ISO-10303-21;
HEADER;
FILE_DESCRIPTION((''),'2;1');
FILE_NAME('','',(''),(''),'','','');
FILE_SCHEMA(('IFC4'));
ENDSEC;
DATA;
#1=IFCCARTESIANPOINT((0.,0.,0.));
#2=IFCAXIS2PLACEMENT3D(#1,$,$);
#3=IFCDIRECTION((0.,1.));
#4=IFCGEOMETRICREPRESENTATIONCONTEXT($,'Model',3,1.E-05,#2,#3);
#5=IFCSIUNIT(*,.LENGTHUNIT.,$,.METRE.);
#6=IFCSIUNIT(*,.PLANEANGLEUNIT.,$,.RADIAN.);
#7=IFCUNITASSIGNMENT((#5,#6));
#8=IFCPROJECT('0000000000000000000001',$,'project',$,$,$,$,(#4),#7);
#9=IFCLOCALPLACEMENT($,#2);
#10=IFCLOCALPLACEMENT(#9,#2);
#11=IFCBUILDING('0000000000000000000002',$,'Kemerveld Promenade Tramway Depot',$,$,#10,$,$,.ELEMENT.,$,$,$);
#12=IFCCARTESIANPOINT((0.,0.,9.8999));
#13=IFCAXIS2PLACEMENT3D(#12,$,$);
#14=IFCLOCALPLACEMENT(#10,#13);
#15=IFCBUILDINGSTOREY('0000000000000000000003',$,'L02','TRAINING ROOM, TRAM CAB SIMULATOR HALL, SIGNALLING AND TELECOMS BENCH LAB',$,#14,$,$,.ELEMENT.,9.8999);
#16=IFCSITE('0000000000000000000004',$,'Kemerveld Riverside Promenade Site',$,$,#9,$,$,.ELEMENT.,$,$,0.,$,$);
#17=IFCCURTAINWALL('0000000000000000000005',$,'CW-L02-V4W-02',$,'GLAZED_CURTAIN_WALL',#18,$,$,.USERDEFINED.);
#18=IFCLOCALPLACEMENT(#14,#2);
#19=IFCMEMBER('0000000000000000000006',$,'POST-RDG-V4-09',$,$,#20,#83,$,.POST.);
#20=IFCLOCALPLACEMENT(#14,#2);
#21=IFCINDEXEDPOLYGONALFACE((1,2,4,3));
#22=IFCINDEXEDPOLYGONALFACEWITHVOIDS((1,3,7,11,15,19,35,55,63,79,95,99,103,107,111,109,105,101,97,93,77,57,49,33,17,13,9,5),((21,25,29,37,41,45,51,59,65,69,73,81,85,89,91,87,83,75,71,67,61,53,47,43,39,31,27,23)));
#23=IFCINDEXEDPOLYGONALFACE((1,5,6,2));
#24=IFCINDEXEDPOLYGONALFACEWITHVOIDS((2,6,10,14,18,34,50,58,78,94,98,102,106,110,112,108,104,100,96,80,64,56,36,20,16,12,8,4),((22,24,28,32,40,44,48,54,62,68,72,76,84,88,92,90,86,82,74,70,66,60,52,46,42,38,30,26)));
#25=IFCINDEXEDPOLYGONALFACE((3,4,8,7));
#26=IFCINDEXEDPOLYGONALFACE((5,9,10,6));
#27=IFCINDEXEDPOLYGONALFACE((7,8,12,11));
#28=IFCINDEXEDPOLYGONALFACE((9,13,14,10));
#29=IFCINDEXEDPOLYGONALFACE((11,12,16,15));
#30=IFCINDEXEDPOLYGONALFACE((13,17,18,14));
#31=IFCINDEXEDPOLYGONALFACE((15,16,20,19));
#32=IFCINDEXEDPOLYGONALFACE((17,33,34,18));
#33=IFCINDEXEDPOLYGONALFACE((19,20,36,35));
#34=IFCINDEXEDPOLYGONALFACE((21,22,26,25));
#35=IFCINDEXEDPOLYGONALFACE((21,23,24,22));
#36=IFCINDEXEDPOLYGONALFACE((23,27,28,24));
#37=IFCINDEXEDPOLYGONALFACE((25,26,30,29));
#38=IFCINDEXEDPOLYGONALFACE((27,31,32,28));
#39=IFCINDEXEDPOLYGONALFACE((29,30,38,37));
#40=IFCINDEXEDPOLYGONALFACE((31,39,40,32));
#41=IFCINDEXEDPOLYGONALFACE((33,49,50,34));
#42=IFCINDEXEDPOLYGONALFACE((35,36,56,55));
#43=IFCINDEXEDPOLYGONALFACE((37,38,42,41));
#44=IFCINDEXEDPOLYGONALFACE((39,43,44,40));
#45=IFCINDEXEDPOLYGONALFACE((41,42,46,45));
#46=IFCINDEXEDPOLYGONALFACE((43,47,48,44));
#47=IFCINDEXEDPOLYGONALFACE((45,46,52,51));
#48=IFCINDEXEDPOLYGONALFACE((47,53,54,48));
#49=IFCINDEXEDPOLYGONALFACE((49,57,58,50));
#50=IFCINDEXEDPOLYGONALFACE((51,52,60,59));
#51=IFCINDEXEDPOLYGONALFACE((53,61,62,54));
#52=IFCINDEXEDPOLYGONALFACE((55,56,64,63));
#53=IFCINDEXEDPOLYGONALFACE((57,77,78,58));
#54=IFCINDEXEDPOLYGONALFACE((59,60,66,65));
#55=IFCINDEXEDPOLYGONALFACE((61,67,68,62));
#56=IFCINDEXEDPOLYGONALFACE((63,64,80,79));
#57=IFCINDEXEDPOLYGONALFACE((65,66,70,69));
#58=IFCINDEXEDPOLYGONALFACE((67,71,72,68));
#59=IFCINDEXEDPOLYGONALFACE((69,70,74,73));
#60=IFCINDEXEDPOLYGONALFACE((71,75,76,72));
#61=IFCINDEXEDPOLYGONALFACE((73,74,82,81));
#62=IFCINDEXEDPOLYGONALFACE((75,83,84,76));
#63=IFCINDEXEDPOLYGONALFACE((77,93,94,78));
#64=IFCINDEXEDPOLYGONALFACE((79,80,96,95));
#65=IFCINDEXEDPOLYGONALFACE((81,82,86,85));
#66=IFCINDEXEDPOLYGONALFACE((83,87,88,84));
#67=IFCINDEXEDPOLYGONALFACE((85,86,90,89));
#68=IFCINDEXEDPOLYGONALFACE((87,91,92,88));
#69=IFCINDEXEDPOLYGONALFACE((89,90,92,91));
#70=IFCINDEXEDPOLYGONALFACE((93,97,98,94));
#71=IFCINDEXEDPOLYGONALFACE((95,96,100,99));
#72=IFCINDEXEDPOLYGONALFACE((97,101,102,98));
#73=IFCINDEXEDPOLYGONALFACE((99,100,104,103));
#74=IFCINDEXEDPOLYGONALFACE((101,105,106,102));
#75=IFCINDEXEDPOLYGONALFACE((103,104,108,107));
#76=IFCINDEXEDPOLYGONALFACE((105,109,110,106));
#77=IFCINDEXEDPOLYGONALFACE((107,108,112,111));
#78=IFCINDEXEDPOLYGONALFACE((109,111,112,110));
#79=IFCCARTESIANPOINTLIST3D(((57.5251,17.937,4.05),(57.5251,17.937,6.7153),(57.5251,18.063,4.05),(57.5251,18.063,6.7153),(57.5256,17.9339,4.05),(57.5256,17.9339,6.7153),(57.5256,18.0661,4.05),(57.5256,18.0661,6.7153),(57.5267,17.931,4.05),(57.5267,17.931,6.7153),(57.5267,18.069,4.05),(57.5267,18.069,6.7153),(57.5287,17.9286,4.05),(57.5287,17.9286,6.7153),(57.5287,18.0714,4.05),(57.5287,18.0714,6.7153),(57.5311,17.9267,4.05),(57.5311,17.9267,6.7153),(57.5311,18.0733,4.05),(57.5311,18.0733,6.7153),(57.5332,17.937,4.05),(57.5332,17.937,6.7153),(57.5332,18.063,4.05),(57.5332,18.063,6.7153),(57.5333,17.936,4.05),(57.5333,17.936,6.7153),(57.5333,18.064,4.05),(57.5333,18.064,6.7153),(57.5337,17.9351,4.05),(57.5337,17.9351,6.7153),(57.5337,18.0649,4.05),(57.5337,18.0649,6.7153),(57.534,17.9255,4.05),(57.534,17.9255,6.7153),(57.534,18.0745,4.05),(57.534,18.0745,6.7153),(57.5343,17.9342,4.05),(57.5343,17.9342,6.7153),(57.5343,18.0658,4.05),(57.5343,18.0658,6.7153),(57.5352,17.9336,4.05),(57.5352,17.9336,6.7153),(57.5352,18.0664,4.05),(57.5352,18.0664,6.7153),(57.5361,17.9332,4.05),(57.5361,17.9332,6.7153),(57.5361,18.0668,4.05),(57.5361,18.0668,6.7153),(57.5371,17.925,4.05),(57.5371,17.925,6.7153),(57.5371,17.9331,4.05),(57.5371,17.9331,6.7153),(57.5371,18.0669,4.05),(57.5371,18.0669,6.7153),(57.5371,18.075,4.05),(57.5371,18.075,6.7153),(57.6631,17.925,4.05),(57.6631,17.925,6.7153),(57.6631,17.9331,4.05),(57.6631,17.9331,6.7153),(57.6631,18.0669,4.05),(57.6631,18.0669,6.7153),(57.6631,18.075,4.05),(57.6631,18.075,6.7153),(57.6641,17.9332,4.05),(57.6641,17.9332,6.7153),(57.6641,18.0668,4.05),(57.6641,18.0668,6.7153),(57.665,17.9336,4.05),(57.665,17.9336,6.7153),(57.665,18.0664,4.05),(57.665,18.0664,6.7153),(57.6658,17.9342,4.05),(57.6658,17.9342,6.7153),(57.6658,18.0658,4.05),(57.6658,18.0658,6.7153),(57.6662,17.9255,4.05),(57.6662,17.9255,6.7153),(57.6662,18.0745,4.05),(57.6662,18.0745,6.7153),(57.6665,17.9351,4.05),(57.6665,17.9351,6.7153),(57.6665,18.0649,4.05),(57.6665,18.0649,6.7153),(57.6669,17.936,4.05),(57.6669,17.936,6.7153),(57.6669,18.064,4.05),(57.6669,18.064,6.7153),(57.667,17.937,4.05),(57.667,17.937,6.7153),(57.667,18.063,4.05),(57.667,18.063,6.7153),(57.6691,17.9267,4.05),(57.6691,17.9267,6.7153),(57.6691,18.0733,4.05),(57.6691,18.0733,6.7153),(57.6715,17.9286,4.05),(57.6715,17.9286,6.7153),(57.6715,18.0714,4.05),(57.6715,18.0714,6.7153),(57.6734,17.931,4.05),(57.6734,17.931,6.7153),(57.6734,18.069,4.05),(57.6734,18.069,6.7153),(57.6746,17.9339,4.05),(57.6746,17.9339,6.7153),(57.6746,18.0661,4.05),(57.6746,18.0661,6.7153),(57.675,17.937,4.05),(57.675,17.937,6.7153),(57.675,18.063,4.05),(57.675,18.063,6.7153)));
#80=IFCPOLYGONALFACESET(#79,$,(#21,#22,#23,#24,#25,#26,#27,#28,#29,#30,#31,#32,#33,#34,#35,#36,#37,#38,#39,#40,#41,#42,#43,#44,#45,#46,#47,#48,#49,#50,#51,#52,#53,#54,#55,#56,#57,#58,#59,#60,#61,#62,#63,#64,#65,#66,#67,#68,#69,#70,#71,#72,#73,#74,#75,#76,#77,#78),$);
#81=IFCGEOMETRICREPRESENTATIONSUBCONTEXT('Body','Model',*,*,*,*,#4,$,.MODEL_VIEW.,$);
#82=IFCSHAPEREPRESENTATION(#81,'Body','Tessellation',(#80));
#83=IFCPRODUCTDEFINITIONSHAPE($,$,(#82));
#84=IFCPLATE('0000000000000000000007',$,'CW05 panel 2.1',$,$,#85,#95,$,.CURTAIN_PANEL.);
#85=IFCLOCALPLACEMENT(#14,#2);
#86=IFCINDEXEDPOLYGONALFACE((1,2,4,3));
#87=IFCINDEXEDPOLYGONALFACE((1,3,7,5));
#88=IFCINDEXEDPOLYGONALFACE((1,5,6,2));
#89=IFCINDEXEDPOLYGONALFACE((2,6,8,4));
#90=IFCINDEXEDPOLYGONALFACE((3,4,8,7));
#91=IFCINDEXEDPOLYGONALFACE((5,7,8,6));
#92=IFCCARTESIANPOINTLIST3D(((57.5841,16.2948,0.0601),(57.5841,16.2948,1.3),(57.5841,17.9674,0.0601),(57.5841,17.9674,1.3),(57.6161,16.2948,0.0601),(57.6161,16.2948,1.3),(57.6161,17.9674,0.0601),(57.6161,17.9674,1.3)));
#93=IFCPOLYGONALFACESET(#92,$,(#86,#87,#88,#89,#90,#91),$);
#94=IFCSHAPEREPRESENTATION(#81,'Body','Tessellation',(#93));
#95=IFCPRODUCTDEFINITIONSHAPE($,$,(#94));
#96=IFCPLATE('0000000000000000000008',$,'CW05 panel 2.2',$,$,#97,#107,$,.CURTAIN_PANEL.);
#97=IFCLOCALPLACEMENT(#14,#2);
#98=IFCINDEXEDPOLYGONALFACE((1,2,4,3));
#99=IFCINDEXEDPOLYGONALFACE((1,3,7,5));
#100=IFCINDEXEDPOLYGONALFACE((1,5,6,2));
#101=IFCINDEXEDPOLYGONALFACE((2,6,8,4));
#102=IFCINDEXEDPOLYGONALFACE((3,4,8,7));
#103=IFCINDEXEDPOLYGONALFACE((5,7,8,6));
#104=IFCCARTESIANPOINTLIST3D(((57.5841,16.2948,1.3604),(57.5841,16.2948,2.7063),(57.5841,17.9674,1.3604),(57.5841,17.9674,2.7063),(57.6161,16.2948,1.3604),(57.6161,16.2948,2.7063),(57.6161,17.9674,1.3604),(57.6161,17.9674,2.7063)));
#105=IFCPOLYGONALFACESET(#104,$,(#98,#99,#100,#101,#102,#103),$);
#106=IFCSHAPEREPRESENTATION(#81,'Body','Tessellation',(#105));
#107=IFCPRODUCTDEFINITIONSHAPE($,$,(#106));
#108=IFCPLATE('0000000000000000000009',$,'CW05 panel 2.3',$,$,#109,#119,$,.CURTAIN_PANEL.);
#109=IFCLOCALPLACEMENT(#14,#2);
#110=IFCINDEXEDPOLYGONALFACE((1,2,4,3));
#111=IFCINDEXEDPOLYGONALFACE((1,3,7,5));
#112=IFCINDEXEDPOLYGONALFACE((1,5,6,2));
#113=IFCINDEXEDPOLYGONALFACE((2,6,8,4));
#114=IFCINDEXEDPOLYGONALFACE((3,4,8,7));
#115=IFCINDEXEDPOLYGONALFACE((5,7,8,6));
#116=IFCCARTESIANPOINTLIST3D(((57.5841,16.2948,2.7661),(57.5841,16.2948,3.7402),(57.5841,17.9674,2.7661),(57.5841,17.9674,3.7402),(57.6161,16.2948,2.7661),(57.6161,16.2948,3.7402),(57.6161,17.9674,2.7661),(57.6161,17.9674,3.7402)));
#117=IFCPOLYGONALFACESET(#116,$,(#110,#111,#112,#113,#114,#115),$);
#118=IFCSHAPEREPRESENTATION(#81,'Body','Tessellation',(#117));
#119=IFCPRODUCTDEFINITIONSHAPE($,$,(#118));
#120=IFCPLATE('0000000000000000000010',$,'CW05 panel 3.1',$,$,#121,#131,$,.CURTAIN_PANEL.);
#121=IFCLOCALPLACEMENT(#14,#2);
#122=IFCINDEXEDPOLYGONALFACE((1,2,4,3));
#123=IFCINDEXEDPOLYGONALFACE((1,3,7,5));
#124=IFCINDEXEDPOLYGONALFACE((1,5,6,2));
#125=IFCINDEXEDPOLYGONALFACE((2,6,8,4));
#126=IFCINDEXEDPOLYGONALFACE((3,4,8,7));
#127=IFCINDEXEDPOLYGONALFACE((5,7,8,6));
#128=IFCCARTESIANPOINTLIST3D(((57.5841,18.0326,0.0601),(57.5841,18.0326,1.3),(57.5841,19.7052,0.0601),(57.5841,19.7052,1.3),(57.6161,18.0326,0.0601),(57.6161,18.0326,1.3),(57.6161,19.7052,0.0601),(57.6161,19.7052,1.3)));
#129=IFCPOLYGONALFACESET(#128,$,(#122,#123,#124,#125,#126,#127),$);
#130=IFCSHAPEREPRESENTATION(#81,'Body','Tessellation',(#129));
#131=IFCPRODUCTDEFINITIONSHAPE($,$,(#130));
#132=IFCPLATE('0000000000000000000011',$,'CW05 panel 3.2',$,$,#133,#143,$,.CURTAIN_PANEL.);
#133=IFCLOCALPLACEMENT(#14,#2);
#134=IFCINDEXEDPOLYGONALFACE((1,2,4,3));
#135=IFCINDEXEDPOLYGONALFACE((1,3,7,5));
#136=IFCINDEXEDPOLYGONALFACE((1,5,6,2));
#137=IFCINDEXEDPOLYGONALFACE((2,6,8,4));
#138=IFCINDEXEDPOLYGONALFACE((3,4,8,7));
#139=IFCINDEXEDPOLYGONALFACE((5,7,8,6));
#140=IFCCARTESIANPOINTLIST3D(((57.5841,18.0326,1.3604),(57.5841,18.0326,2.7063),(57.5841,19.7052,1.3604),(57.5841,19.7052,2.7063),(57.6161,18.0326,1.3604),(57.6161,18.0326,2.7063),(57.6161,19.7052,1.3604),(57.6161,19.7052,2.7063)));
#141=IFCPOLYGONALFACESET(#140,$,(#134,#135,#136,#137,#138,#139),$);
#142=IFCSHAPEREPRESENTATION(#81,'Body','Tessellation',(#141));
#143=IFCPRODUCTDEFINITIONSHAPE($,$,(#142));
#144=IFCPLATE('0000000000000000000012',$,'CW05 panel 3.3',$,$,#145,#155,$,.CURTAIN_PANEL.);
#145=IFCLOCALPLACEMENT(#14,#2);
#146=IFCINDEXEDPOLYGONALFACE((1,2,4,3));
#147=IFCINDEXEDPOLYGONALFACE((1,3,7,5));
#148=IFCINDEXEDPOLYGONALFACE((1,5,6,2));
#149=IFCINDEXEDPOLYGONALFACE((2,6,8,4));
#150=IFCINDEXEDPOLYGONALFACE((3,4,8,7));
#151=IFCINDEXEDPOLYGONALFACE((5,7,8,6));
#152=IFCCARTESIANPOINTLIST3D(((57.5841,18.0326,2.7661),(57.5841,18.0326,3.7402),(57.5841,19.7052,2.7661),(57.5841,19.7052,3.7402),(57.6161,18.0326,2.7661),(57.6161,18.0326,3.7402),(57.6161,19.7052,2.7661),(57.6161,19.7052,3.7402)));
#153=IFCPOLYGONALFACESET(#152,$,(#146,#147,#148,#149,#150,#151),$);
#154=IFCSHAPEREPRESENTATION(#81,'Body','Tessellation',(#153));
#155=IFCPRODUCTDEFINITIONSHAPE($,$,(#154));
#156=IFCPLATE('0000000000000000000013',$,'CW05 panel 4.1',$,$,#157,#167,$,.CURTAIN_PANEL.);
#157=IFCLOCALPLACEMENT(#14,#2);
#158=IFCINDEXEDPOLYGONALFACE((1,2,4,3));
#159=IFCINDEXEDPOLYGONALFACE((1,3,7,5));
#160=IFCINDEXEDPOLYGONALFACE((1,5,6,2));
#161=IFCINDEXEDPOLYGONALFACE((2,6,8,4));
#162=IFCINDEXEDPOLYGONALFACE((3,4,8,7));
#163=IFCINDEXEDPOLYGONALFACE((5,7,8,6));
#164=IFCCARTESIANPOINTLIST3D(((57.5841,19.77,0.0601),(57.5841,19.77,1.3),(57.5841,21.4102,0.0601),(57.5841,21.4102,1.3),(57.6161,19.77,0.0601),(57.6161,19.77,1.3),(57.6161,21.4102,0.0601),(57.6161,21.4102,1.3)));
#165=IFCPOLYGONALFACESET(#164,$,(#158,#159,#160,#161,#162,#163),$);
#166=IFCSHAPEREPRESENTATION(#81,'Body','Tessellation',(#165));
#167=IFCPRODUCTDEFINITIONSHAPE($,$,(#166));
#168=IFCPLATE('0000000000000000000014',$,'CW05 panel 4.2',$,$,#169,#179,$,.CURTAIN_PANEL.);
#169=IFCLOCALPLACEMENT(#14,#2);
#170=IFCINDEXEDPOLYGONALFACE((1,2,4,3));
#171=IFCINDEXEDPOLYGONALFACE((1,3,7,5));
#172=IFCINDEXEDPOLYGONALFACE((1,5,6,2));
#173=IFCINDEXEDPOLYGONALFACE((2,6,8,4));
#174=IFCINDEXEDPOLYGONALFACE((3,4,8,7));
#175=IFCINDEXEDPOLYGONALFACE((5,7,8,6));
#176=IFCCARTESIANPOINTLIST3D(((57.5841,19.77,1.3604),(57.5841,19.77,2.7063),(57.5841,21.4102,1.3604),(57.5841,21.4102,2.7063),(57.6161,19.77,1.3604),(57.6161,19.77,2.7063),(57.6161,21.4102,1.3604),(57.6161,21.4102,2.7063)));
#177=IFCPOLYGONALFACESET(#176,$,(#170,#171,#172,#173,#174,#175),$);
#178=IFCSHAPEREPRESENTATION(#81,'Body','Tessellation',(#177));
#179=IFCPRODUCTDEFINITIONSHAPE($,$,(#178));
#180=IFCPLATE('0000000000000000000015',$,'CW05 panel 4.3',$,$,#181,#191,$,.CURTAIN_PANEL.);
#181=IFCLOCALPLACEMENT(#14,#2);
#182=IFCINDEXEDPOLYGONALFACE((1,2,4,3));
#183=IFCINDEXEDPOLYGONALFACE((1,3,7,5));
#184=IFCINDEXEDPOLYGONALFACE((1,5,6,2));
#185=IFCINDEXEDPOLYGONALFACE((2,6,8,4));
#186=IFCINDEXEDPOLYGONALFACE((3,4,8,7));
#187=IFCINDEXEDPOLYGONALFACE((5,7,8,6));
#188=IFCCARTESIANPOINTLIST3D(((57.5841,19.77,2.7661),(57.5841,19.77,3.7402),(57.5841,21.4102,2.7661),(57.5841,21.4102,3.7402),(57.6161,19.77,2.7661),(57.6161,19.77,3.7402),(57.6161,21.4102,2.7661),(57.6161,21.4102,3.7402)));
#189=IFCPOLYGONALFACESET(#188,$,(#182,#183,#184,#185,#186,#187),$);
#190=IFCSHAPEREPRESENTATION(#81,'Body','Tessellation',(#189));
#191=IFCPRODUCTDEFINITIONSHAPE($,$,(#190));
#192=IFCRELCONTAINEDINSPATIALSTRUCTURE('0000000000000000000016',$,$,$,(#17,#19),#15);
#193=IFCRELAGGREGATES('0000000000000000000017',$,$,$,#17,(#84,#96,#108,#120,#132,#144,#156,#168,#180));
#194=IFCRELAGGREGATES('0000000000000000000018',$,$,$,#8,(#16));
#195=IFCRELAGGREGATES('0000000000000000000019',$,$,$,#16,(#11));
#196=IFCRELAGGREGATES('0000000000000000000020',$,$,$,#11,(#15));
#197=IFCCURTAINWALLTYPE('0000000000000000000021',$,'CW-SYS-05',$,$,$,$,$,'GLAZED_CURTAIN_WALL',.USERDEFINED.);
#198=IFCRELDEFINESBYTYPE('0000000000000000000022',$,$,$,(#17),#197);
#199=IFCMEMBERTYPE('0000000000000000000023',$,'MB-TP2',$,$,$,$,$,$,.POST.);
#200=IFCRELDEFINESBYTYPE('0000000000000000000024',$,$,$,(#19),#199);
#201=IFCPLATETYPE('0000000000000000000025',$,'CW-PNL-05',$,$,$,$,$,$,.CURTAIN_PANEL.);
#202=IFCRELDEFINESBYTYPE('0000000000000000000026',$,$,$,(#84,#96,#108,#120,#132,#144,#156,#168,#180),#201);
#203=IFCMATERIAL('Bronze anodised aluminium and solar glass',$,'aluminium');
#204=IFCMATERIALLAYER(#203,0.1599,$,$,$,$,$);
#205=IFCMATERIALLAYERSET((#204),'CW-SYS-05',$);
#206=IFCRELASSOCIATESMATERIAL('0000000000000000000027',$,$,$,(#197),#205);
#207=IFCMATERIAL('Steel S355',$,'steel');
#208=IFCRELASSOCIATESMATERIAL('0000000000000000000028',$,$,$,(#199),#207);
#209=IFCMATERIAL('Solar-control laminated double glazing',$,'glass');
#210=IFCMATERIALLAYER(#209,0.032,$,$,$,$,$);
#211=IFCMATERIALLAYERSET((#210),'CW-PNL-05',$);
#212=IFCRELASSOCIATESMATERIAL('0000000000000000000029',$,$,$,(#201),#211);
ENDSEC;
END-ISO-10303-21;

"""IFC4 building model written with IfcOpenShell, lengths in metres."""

from ifc_helpers import new_model, si_unit, direction, frame, origin, origin_2d, place, context, subcontext, project, spatial, rectangle, hollow_rectangle, extrude, material, layer, layer_set, material_profile, profile_set, type_object, element, aggregate, save


model = new_model("IFC4")

# Units and contexts
model_context = context("Model", 3, precision=1e-05, world=origin(), true_north=direction((0.0, 1.0)))
body_context = subcontext(model_context, "Body", "Model", "MODEL_VIEW")
ifc_project = project(units=[si_unit("LENGTHUNIT", "METRE"), si_unit("PLANEANGLEUNIT", "RADIAN")], contexts=[model_context])

# Site, building, storey
site_placement = place(None, origin())
site = spatial("IfcSite", under=ifc_project, at=site_placement, Name="Kemerveld Riverside Promenade Site", CompositionType="ELEMENT", RefElevation=0.0)
building_placement = place(site_placement, origin())
building = spatial("IfcBuilding", under=site, at=building_placement, Name="Kemerveld Promenade Tramway Depot", CompositionType="ELEMENT")
storey_placement = place(building_placement, frame((0.0, 0.0, 9.8999)))
storey = spatial("IfcBuildingStorey", under=building, at=storey_placement, Name="L02", Description="TRAINING ROOM, TRAM CAB SIMULATOR HALL, SIGNALLING AND TELECOMS BENCH LAB", CompositionType="ELEMENT", Elevation=9.8999)

# Shared definitions
ifc_material_1 = material(Name="Steel S355", Category="steel")

# Curtain wall
ifc_material_2 = material(Name="Bronze anodised aluminium and solar glass", Category="aluminium")
ifc_layer_1 = layer(ifc_material_2, 0.1599)
ifc_layer_set_1 = layer_set([ifc_layer_1], Name="CW-SYS-05")
curtain_wall_type = type_object("IfcCurtainWallType", Name="CW-SYS-05", ElementType="GLAZED_CURTAIN_WALL", PredefinedType="USERDEFINED", material=ifc_layer_set_1)
curtain_wall_placement = place(storey_placement, origin())
curtain_wall = element("IfcCurtainWall", 1, at=curtain_wall_placement, inside=storey, type_object=curtain_wall_type, Name="CW-L02-V4W-02", ObjectType="GLAZED_CURTAIN_WALL", PredefinedType="USERDEFINED")

# Member
ifc_material_profile_1 = material_profile(ifc_material_1, hollow_rectangle(XDim=0.1499, YDim=0.1499, WallThickness=0.0081, InnerFilletRadius=0.0039, OuterFilletRadius=0.012, at=origin_2d()), Name="150x150x8.0 SHS")
ifc_profile_set_1 = profile_set([ifc_material_profile_1], Name="Steel S355")
member_type_1 = type_object("IfcMemberType", Name="MB-TP2", PredefinedType="POST", material=ifc_profile_set_1)
member_1_placement = place(storey_placement, frame((57.6001, 18.0, 4.05), z_axis=(0.0, 0.0, 1.0), x_axis=(1.0, 0.0, 0.0)))
element("IfcMember", 2, at=member_1_placement, inside=storey, type_object=member_type_1, Name="POST-RDG-V4-09", PredefinedType="POST", context=body_context, shape_type="SweptSolid", body=[
    extrude(hollow_rectangle(XDim=0.1499, YDim=0.1499, WallThickness=0.0081, InnerFilletRadius=0.0039, OuterFilletRadius=0.012, at=origin_2d()), origin(), (0.0, 0.0, 1.0), 2.6653),
])

# Plates
ifc_material_3 = material(Name="Solar-control laminated double glazing", Category="glass")
ifc_layer_2 = layer(ifc_material_3, 0.032)
ifc_layer_set_2 = layer_set([ifc_layer_2], Name="CW-PNL-05")
plate_type_1 = type_object("IfcPlateType", Name="CW-PNL-05", PredefinedType="CURTAIN_PANEL", material=ifc_layer_set_2)
plate_1_placement = place(storey_placement, frame((57.6001, 17.1311, 0.0601), z_axis=(0.0, 0.0, 1.0), x_axis=(0.0, 1.0, 0.0)))
plate_1 = element("IfcPlate", 3, at=plate_1_placement, type_object=plate_type_1, Name="CW05 panel 2.1", PredefinedType="CURTAIN_PANEL", context=body_context, shape_type="SweptSolid", body=[
    extrude(rectangle(XDim=1.6726, YDim=0.032, at=origin_2d()), origin(), (0.0, 0.0, 1.0), 1.24),
])
plate_2_placement = place(storey_placement, frame((57.6001, 17.1311, 1.3604), z_axis=(0.0, 0.0, 1.0), x_axis=(0.0, 1.0, 0.0)))
plate_2 = element("IfcPlate", 4, at=plate_2_placement, type_object=plate_type_1, Name="CW05 panel 2.2", PredefinedType="CURTAIN_PANEL", context=body_context, shape_type="SweptSolid", body=[
    extrude(rectangle(XDim=1.6726, YDim=0.032, at=origin_2d()), origin(), (0.0, 0.0, 1.0), 1.3459),
])
plate_3_placement = place(storey_placement, frame((57.6001, 17.1311, 2.7661), z_axis=(0.0, 0.0, 1.0), x_axis=(0.0, 1.0, 0.0)))
plate_3 = element("IfcPlate", 5, at=plate_3_placement, type_object=plate_type_1, Name="CW05 panel 2.3", PredefinedType="CURTAIN_PANEL", context=body_context, shape_type="SweptSolid", body=[
    extrude(rectangle(XDim=1.6726, YDim=0.032, at=origin_2d()), origin(), (0.0, 0.0, 1.0), 0.9741),
])
plate_4_placement = place(storey_placement, frame((57.6001, 18.8689, 0.0601), z_axis=(0.0, 0.0, 1.0), x_axis=(0.0, 1.0, 0.0)))
plate_4 = element("IfcPlate", 6, at=plate_4_placement, type_object=plate_type_1, Name="CW05 panel 3.1", PredefinedType="CURTAIN_PANEL", context=body_context, shape_type="SweptSolid", body=[
    extrude(rectangle(XDim=1.6726, YDim=0.032, at=origin_2d()), origin(), (0.0, 0.0, 1.0), 1.24),
])
plate_5_placement = place(storey_placement, frame((57.6001, 18.8689, 1.3604), z_axis=(0.0, 0.0, 1.0), x_axis=(0.0, 1.0, 0.0)))
plate_5 = element("IfcPlate", 7, at=plate_5_placement, type_object=plate_type_1, Name="CW05 panel 3.2", PredefinedType="CURTAIN_PANEL", context=body_context, shape_type="SweptSolid", body=[
    extrude(rectangle(XDim=1.6726, YDim=0.032, at=origin_2d()), origin(), (0.0, 0.0, 1.0), 1.3459),
])
plate_6_placement = place(storey_placement, frame((57.6001, 18.8689, 2.7661), z_axis=(0.0, 0.0, 1.0), x_axis=(0.0, 1.0, 0.0)))
plate_6 = element("IfcPlate", 8, at=plate_6_placement, type_object=plate_type_1, Name="CW05 panel 3.3", PredefinedType="CURTAIN_PANEL", context=body_context, shape_type="SweptSolid", body=[
    extrude(rectangle(XDim=1.6726, YDim=0.032, at=origin_2d()), origin(), (0.0, 0.0, 1.0), 0.9741),
])
plate_7_placement = place(storey_placement, frame((57.6001, 20.5901, 0.0601), z_axis=(0.0, 0.0, 1.0), x_axis=(0.0, 1.0, 0.0)))
plate_7 = element("IfcPlate", 9, at=plate_7_placement, type_object=plate_type_1, Name="CW05 panel 4.1", PredefinedType="CURTAIN_PANEL", context=body_context, shape_type="SweptSolid", body=[
    extrude(rectangle(XDim=1.6401, YDim=0.032, at=origin_2d()), origin(), (0.0, 0.0, 1.0), 1.24),
])
plate_8_placement = place(storey_placement, frame((57.6001, 20.5901, 1.3604), z_axis=(0.0, 0.0, 1.0), x_axis=(0.0, 1.0, 0.0)))
plate_8 = element("IfcPlate", 10, at=plate_8_placement, type_object=plate_type_1, Name="CW05 panel 4.2", PredefinedType="CURTAIN_PANEL", context=body_context, shape_type="SweptSolid", body=[
    extrude(rectangle(XDim=1.6401, YDim=0.032, at=origin_2d()), origin(), (0.0, 0.0, 1.0), 1.3459),
])
plate_9_placement = place(storey_placement, frame((57.6001, 20.5901, 2.7661), z_axis=(0.0, 0.0, 1.0), x_axis=(0.0, 1.0, 0.0)))
plate_9 = element("IfcPlate", 11, at=plate_9_placement, type_object=plate_type_1, Name="CW05 panel 4.3", PredefinedType="CURTAIN_PANEL", context=body_context, shape_type="SweptSolid", body=[
    extrude(rectangle(XDim=1.6401, YDim=0.032, at=origin_2d()), origin(), (0.0, 0.0, 1.0), 0.9741),
])
aggregate(curtain_wall, [plate_1, plate_2, plate_3, plate_4, plate_5, plate_6, plate_7, plate_8, plate_9])

save(model, "model.ifc")
